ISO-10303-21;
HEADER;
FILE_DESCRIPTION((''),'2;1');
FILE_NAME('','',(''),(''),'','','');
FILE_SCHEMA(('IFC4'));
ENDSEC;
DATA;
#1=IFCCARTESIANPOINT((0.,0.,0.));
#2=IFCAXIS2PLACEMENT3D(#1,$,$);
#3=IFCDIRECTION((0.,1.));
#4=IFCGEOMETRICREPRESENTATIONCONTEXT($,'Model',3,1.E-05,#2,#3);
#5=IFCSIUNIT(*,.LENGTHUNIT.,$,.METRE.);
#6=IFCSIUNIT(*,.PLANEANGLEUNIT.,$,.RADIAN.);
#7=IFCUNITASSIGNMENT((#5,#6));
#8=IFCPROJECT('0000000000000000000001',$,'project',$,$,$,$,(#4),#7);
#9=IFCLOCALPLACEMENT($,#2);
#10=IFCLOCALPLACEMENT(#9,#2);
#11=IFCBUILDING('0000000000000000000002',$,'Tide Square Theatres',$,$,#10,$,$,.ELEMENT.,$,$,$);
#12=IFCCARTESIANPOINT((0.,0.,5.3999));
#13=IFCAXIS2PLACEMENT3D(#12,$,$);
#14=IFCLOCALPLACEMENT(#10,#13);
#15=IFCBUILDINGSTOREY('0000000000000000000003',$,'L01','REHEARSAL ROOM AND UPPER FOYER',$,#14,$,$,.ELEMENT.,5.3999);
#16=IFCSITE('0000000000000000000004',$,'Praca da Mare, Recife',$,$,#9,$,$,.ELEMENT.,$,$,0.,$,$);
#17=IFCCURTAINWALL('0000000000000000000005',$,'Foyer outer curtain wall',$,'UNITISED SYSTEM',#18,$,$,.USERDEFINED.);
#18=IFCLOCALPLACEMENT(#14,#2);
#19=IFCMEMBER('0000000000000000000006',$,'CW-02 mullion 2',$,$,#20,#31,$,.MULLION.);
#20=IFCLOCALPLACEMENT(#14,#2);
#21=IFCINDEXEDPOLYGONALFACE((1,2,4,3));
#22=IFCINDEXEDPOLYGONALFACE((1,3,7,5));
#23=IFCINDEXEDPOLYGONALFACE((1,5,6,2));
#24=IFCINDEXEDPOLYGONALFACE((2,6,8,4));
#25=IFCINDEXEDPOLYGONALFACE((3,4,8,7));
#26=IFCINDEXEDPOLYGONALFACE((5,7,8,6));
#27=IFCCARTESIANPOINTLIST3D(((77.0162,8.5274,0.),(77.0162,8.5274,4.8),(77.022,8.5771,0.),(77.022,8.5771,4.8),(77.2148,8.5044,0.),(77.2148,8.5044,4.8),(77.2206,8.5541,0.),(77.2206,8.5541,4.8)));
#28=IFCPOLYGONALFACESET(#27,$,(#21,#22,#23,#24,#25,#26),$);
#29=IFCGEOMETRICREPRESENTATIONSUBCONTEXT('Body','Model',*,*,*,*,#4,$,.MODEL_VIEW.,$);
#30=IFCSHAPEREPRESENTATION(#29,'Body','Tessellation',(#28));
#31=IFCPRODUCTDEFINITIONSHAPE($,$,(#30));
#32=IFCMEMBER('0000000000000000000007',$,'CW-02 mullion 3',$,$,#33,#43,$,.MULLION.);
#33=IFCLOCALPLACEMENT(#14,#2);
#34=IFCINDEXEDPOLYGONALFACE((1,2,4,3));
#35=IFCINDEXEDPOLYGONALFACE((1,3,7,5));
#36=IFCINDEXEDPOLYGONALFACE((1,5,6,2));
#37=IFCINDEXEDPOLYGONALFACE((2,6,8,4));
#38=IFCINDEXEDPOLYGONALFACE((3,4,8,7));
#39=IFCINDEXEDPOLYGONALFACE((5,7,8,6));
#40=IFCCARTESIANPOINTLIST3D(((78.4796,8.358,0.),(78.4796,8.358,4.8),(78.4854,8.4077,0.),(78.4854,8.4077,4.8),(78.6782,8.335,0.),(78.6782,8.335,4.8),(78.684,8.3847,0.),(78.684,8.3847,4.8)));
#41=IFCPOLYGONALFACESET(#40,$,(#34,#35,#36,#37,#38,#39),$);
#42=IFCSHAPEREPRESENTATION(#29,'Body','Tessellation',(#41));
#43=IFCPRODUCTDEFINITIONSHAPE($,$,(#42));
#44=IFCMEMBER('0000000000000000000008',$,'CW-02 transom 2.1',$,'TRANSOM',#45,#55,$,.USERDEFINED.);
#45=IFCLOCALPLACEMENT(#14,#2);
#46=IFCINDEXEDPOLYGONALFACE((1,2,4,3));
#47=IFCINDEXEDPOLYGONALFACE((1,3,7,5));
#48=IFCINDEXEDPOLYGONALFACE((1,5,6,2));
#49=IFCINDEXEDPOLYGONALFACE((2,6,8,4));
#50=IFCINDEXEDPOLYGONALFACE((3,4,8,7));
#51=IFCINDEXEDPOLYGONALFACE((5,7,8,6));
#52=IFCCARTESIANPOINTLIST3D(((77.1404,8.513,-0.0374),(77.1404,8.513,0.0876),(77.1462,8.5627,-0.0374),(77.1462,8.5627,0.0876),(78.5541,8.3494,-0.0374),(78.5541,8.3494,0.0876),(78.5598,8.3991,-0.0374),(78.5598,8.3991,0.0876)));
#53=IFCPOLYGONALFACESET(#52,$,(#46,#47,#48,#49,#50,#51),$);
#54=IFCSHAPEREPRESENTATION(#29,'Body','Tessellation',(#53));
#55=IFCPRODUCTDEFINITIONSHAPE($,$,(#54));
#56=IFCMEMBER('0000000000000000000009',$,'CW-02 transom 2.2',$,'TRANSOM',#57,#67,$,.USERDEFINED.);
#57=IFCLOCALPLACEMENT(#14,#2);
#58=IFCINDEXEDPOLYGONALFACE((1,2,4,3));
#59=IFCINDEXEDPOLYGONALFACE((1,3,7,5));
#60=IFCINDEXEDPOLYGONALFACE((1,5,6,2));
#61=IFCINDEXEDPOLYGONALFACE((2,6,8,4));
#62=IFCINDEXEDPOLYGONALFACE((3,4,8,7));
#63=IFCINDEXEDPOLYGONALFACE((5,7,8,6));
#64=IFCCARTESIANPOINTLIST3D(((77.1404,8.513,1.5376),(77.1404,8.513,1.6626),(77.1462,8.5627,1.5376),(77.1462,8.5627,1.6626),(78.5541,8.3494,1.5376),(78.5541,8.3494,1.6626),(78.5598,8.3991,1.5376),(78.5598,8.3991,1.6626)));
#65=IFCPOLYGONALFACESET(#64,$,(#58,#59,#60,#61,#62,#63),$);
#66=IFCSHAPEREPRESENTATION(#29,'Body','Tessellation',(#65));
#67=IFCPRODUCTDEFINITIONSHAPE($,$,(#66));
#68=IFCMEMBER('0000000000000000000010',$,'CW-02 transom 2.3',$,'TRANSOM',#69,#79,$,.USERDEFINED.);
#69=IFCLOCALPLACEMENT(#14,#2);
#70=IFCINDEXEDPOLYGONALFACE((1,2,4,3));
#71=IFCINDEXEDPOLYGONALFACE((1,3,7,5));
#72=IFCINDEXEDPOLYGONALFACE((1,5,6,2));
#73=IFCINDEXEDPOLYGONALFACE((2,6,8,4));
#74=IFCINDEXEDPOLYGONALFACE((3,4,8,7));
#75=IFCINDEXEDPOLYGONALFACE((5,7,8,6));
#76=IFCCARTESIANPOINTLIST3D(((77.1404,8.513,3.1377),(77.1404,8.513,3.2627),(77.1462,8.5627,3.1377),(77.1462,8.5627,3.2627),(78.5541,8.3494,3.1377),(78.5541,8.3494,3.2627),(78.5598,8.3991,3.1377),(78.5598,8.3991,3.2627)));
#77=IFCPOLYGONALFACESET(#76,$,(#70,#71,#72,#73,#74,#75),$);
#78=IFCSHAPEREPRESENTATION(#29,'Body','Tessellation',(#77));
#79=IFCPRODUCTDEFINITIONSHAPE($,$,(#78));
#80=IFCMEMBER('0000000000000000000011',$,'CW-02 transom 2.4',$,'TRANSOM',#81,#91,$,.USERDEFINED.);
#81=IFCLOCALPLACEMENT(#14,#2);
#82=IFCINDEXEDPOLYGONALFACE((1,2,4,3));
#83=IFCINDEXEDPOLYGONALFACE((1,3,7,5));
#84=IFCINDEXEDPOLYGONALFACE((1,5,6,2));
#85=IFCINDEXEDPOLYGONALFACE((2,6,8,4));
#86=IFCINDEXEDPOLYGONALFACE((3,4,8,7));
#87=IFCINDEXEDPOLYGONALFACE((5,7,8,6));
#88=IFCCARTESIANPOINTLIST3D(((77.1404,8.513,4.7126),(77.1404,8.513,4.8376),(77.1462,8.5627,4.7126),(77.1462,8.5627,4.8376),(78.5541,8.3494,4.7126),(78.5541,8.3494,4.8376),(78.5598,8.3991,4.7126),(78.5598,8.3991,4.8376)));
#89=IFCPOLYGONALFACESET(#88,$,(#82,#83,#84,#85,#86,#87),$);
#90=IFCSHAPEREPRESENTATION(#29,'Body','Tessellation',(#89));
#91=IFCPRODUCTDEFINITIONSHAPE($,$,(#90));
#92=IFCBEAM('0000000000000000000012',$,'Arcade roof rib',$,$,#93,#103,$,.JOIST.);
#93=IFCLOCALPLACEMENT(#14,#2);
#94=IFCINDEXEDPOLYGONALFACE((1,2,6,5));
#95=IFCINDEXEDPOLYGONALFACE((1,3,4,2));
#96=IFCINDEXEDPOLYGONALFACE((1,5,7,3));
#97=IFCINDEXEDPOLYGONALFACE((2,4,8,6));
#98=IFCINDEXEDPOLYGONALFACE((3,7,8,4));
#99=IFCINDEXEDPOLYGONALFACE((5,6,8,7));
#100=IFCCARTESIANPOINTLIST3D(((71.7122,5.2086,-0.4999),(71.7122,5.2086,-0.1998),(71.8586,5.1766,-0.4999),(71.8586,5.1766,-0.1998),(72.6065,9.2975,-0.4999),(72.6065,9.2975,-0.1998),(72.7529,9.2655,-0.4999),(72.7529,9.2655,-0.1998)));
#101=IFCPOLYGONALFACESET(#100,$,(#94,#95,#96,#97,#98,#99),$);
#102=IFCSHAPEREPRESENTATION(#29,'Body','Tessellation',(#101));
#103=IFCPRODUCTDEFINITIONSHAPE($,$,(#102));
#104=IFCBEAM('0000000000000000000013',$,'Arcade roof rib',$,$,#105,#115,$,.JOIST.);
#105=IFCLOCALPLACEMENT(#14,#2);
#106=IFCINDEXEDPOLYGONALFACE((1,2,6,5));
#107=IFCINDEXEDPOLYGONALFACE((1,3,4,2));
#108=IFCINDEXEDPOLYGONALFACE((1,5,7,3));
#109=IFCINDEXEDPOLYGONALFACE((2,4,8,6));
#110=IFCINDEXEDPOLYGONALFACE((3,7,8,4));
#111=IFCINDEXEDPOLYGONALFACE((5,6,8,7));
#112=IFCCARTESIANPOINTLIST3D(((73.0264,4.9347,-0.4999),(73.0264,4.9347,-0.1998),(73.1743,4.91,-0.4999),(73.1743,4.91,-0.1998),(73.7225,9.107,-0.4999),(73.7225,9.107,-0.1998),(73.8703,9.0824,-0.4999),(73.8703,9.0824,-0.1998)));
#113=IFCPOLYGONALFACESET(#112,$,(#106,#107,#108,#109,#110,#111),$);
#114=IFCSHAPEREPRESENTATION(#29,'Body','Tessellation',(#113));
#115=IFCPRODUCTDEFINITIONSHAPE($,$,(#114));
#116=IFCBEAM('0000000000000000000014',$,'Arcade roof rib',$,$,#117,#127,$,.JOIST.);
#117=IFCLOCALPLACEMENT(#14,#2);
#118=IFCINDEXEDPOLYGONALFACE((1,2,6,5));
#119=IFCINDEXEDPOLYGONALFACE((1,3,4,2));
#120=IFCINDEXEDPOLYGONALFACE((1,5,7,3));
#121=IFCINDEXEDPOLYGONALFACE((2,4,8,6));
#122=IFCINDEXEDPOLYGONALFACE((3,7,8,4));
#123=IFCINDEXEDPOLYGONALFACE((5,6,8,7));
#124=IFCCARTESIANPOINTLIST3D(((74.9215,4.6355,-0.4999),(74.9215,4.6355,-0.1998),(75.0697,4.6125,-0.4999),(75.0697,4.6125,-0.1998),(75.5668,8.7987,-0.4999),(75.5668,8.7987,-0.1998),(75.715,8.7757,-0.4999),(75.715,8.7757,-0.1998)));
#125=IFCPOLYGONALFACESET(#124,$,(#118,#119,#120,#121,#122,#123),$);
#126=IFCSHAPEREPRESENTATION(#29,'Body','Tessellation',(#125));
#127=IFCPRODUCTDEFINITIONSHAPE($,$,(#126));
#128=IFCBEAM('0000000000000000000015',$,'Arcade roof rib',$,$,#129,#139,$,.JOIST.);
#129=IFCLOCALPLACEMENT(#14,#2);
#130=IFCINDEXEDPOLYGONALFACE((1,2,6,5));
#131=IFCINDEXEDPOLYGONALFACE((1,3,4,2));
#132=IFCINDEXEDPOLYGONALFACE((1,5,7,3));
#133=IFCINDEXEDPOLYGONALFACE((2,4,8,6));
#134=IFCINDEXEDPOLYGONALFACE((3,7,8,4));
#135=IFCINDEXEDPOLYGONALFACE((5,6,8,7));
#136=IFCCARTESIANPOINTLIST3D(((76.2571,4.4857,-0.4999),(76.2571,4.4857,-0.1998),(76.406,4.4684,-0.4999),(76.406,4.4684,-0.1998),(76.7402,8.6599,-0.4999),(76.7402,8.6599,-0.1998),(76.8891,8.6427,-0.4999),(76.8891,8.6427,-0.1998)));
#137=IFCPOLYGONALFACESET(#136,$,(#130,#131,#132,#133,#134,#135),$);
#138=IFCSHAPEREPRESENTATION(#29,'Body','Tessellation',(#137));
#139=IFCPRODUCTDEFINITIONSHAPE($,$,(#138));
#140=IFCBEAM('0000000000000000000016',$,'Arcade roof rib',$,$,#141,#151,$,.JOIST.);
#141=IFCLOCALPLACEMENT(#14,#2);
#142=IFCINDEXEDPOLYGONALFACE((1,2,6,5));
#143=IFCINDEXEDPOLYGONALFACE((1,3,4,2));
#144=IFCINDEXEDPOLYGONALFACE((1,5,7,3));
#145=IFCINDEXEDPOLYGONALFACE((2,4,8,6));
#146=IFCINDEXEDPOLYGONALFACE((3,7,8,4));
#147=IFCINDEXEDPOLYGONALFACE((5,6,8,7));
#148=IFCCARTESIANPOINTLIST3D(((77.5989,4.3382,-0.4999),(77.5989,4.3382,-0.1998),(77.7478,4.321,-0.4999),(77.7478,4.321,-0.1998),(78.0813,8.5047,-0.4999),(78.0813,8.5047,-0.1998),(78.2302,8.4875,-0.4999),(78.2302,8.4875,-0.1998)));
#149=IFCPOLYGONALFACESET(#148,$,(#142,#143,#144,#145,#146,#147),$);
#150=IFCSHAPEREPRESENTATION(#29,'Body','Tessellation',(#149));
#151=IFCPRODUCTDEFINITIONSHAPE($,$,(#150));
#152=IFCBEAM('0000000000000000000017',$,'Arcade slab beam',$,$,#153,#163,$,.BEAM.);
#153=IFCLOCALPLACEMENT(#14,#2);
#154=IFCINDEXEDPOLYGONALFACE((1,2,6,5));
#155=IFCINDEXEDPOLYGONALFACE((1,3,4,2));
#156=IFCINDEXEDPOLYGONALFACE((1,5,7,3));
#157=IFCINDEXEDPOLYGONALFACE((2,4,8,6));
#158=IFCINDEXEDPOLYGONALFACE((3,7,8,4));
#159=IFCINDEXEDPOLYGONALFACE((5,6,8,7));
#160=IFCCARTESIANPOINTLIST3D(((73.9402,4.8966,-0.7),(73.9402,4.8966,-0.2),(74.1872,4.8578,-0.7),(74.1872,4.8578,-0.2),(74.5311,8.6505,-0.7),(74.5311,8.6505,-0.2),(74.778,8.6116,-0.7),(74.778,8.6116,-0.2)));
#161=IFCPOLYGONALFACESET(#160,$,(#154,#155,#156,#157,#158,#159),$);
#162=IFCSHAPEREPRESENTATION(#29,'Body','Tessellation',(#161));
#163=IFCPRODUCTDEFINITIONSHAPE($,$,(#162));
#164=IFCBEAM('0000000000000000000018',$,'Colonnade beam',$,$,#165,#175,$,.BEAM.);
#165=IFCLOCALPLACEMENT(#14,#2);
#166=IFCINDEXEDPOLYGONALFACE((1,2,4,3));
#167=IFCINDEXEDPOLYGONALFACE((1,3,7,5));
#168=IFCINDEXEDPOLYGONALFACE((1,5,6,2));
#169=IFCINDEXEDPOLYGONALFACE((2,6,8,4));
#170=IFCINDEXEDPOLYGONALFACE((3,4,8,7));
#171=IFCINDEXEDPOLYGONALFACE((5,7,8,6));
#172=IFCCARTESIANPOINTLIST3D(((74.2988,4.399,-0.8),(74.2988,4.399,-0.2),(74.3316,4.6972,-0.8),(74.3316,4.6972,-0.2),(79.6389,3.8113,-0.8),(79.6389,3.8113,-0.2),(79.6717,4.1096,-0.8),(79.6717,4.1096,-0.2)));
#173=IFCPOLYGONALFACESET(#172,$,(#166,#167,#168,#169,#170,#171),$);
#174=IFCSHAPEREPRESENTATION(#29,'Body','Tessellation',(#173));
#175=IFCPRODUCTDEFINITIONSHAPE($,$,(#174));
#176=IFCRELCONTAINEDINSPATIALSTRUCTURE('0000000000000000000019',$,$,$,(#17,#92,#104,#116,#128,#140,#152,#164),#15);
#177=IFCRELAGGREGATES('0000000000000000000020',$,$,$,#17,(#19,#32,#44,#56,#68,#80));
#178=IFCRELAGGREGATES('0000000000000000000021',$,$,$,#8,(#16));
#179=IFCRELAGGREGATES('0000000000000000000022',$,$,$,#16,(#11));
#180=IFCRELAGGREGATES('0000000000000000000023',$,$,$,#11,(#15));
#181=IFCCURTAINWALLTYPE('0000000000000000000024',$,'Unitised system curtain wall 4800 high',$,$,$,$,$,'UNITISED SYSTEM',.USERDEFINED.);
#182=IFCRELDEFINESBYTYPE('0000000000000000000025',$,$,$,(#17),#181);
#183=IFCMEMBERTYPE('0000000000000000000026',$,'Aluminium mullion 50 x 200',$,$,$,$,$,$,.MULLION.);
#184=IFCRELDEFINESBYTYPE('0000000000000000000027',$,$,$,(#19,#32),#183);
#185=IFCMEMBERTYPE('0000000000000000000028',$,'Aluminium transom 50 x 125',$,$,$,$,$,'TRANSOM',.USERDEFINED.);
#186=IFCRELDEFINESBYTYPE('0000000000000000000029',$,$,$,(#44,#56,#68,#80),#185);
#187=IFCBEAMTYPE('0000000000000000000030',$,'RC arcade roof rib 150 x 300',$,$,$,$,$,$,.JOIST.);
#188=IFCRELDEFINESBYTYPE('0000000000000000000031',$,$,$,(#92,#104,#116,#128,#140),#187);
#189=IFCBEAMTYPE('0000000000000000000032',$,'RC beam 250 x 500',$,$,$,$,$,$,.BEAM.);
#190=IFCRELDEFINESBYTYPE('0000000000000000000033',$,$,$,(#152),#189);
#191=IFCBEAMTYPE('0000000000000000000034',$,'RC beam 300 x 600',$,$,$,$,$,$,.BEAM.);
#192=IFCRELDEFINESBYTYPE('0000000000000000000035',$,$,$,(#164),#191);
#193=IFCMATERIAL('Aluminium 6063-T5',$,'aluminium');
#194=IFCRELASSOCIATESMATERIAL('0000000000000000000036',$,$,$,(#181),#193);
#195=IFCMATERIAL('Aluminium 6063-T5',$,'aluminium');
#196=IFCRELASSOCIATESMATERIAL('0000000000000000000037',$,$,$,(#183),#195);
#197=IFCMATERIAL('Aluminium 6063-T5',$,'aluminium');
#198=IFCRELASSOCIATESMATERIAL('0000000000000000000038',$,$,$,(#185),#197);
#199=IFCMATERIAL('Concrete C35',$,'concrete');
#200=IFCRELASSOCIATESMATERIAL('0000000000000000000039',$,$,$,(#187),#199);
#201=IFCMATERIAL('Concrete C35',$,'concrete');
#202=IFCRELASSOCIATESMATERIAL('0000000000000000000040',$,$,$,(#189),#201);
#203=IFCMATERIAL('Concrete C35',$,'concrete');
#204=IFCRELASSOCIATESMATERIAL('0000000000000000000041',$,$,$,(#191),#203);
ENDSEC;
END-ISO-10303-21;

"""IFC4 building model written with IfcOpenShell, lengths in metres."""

from ifc_helpers import new_model, si_unit, direction, frame, origin, origin_2d, place, context, subcontext, project, spatial, rectangle, extrude, material, material_profile, profile_set, type_object, element, aggregate, save


model = new_model("IFC4")

# Units and contexts
model_context = context("Model", 3, precision=1e-05, world=origin(), true_north=direction((0.0, 1.0)))
body_context = subcontext(model_context, "Body", "Model", "MODEL_VIEW")
ifc_project = project(units=[si_unit("LENGTHUNIT", "METRE"), si_unit("PLANEANGLEUNIT", "RADIAN")], contexts=[model_context])

# Site, building, storey
site_placement = place(None, origin())
site = spatial("IfcSite", under=ifc_project, at=site_placement, Name="Praca da Mare, Recife", CompositionType="ELEMENT", RefElevation=0.0)
building_placement = place(site_placement, origin())
building = spatial("IfcBuilding", under=site, at=building_placement, Name="Tide Square Theatres", CompositionType="ELEMENT")
storey_placement = place(building_placement, frame((0.0, 0.0, 5.3999)))
storey = spatial("IfcBuildingStorey", under=building, at=storey_placement, Name="L01", Description="REHEARSAL ROOM AND UPPER FOYER", CompositionType="ELEMENT", Elevation=5.3999)

# Curtain wall, members
ifc_material_1 = material(Name="Aluminium 6063-T5", Category="aluminium")
curtain_wall_type = type_object("IfcCurtainWallType", Name="Unitised system curtain wall 4800 high", ElementType="UNITISED SYSTEM", PredefinedType="USERDEFINED", material=ifc_material_1)
curtain_wall_placement = place(storey_placement, origin())
curtain_wall = element("IfcCurtainWall", 1, at=curtain_wall_placement, inside=storey, type_object=curtain_wall_type, Name="Foyer outer curtain wall", ObjectType="UNITISED SYSTEM", PredefinedType="USERDEFINED")
ifc_material_2 = material(Name="Aluminium 6063-T5", Category="aluminium")
ifc_material_profile_1 = material_profile(ifc_material_2, rectangle(XDim=0.05, YDim=0.2, at=origin_2d()))
ifc_profile_set_1 = profile_set([ifc_material_profile_1], Name="Aluminium 6063-T5")
member_type_1 = type_object("IfcMemberType", Name="Aluminium mullion 50 x 200", PredefinedType="MULLION", material=ifc_profile_set_1)
member_1_placement = place(storey_placement, frame((77.1184, 8.5408, 0.0), z_axis=(0.0, 0.0, 1.0), x_axis=(0.114955, 0.993371, 0.0)))
member_1 = element("IfcMember", 2, at=member_1_placement, type_object=member_type_1, Name="CW-02 mullion 2", PredefinedType="MULLION", context=body_context, shape_type="SweptSolid", body=[
    extrude(rectangle(XDim=0.05, YDim=0.2, at=origin_2d()), origin(), (0.0, 0.0, 1.0), 4.8),
])
member_2_placement = place(storey_placement, frame((78.5818, 8.3713, 0.0), z_axis=(0.0, 0.0, 1.0), x_axis=(0.114955, 0.993371, 0.0)))
member_2 = element("IfcMember", 3, at=member_2_placement, type_object=member_type_1, Name="CW-02 mullion 3", PredefinedType="MULLION", context=body_context, shape_type="SweptSolid", body=[
    extrude(rectangle(XDim=0.05, YDim=0.2, at=origin_2d()), origin(), (0.0, 0.0, 1.0), 4.8),
])
ifc_material_3 = material(Name="Aluminium 6063-T5", Category="aluminium")
ifc_material_profile_2 = material_profile(ifc_material_3, rectangle(XDim=0.05, YDim=0.125, at=origin_2d()))
ifc_profile_set_2 = profile_set([ifc_material_profile_2], Name="Aluminium 6063-T5")
member_type_2 = type_object("IfcMemberType", Name="Aluminium transom 50 x 125", ElementType="TRANSOM", PredefinedType="USERDEFINED", material=ifc_profile_set_2)
member_3_placement = place(storey_placement, frame((77.1433, 8.5378, 0.0251), z_axis=(0.993371, -0.11495, 0.0), x_axis=(0.11495, 0.993371, 0.0)))
member_3 = element("IfcMember", 4, at=member_3_placement, type_object=member_type_2, Name="CW-02 transom 2.1", ObjectType="TRANSOM", PredefinedType="USERDEFINED", context=body_context, shape_type="SweptSolid", body=[
    extrude(rectangle(XDim=0.05, YDim=0.125, at=origin_2d()), origin(), (0.0, 0.0, 1.0), 1.4231),
])
member_4_placement = place(storey_placement, frame((77.1433, 8.5378, 1.6001), z_axis=(0.993371, -0.11495, 0.0), x_axis=(0.11495, 0.993371, 0.0)))
member_4 = element("IfcMember", 5, at=member_4_placement, type_object=member_type_2, Name="CW-02 transom 2.2", ObjectType="TRANSOM", PredefinedType="USERDEFINED", context=body_context, shape_type="SweptSolid", body=[
    extrude(rectangle(XDim=0.05, YDim=0.125, at=origin_2d()), origin(), (0.0, 0.0, 1.0), 1.4231),
])
member_5_placement = place(storey_placement, frame((77.1433, 8.5378, 3.2002), z_axis=(0.993371, -0.11495, 0.0), x_axis=(0.11495, 0.993371, 0.0)))
member_5 = element("IfcMember", 6, at=member_5_placement, type_object=member_type_2, Name="CW-02 transom 2.3", ObjectType="TRANSOM", PredefinedType="USERDEFINED", context=body_context, shape_type="SweptSolid", body=[
    extrude(rectangle(XDim=0.05, YDim=0.125, at=origin_2d()), origin(), (0.0, 0.0, 1.0), 1.4231),
])
member_6_placement = place(storey_placement, frame((77.1433, 8.5378, 4.7751), z_axis=(0.993371, -0.11495, 0.0), x_axis=(0.11495, 0.993371, 0.0)))
member_6 = element("IfcMember", 7, at=member_6_placement, type_object=member_type_2, Name="CW-02 transom 2.4", ObjectType="TRANSOM", PredefinedType="USERDEFINED", context=body_context, shape_type="SweptSolid", body=[
    extrude(rectangle(XDim=0.05, YDim=0.125, at=origin_2d()), origin(), (0.0, 0.0, 1.0), 1.4231),
])

# Beams
ifc_material_4 = material(Name="Concrete C35", Category="concrete")
ifc_material_profile_3 = material_profile(ifc_material_4, rectangle(XDim=0.1499, YDim=0.3, at=origin_2d()))
ifc_profile_set_3 = profile_set([ifc_material_profile_3], Name="Concrete C35")
beam_type_1 = type_object("IfcBeamType", Name="RC arcade roof rib 150 x 300", PredefinedType="JOIST", material=ifc_profile_set_3)
beam_1_placement = place(storey_placement, frame((71.7854, 5.1926, -0.3499), z_axis=(0.213662, 0.976908, 0.0), x_axis=(-0.976908, 0.213662, 0.0)))
element("IfcBeam", 8, at=beam_1_placement, inside=storey, type_object=beam_type_1, Name="Arcade roof rib", PredefinedType="JOIST", context=body_context, shape_type="SweptSolid", body=[
    extrude(rectangle(XDim=0.1499, YDim=0.3, at=origin_2d()), origin(), (0.0, 0.0, 1.0), 4.1855),
])
beam_2_placement = place(storey_placement, frame((73.1003, 4.9224, -0.3499), z_axis=(0.164549, 0.986369, 0.0), x_axis=(-0.986369, 0.164549, 0.0)))
element("IfcBeam", 9, at=beam_2_placement, inside=storey, type_object=beam_type_1, Name="Arcade roof rib", PredefinedType="JOIST", context=body_context, shape_type="SweptSolid", body=[
    extrude(rectangle(XDim=0.1499, YDim=0.3, at=origin_2d()), origin(), (0.0, 0.0, 1.0), 4.23),
])
beam_3_placement = place(storey_placement, frame((74.9956, 4.624, -0.3499), z_axis=(0.153168, 0.9882, 0.0), x_axis=(-0.9882, 0.153168, 0.0)))
element("IfcBeam", 10, at=beam_3_placement, inside=storey, type_object=beam_type_1, Name="Arcade roof rib", PredefinedType="JOIST", context=body_context, shape_type="SweptSolid", body=[
    extrude(rectangle(XDim=0.1499, YDim=0.3, at=origin_2d()), origin(), (0.0, 0.0, 1.0), 4.2129),
])
beam_4_placement = place(storey_placement, frame((76.3315, 4.4771, -0.3499), z_axis=(0.114977, 0.993368, 0.0), x_axis=(-0.993368, 0.114977, 0.0)))
element("IfcBeam", 11, at=beam_4_placement, inside=storey, type_object=beam_type_1, Name="Arcade roof rib", PredefinedType="JOIST", context=body_context, shape_type="SweptSolid", body=[
    extrude(rectangle(XDim=0.1499, YDim=0.3, at=origin_2d()), origin(), (0.0, 0.0, 1.0), 4.2021),
])
beam_5_placement = place(storey_placement, frame((77.6733, 4.3296, -0.3499), z_axis=(0.115017, 0.993363, 0.0), x_axis=(-0.993363, 0.115017, 0.0)))
element("IfcBeam", 12, at=beam_5_placement, inside=storey, type_object=beam_type_1, Name="Arcade roof rib", PredefinedType="JOIST", context=body_context, shape_type="SweptSolid", body=[
    extrude(rectangle(XDim=0.1499, YDim=0.3, at=origin_2d()), origin(), (0.0, 0.0, 1.0), 4.1943),
])
ifc_material_5 = material(Name="Concrete C35", Category="concrete")
ifc_material_profile_4 = material_profile(ifc_material_5, rectangle(XDim=0.25, YDim=0.5, at=origin_2d()))
ifc_profile_set_4 = profile_set([ifc_material_profile_4], Name="Concrete C35")
beam_type_2 = type_object("IfcBeamType", Name="RC beam 250 x 500", PredefinedType="BEAM", material=ifc_profile_set_4)
beam_6_placement = place(storey_placement, frame((74.0637, 4.8772, -0.45), z_axis=(0.155474, 0.98784, 0.0), x_axis=(-0.98784, 0.155474, 0.0)))
element("IfcBeam", 13, at=beam_6_placement, inside=storey, type_object=beam_type_2, Name="Arcade slab beam", PredefinedType="BEAM", context=body_context, shape_type="SweptSolid", body=[
    extrude(rectangle(XDim=0.25, YDim=0.5, at=origin_2d()), origin(), (0.0, 0.0, 1.0), 3.8),
])
ifc_material_6 = material(Name="Concrete C35", Category="concrete")
ifc_material_profile_5 = material_profile(ifc_material_6, rectangle(XDim=0.3, YDim=0.6001, at=origin_2d()))
ifc_profile_set_5 = profile_set([ifc_material_profile_5], Name="Concrete C35")
beam_type_3 = type_object("IfcBeamType", Name="RC beam 300 x 600", PredefinedType="BEAM", material=ifc_profile_set_5)
beam_7_placement = place(storey_placement, frame((74.3152, 4.5481, -0.5), z_axis=(0.994, -0.109384, 0.0), x_axis=(0.109384, 0.994, 0.0)))
element("IfcBeam", 14, at=beam_7_placement, inside=storey, type_object=beam_type_3, Name="Colonnade beam", PredefinedType="BEAM", context=body_context, shape_type="SweptSolid", body=[
    extrude(rectangle(XDim=0.3, YDim=0.6001, at=origin_2d()), origin(), (0.0, 0.0, 1.0), 5.3723),
])

aggregate(curtain_wall, [member_1, member_2, member_3, member_4, member_5, member_6])

save(model, "model.ifc")
